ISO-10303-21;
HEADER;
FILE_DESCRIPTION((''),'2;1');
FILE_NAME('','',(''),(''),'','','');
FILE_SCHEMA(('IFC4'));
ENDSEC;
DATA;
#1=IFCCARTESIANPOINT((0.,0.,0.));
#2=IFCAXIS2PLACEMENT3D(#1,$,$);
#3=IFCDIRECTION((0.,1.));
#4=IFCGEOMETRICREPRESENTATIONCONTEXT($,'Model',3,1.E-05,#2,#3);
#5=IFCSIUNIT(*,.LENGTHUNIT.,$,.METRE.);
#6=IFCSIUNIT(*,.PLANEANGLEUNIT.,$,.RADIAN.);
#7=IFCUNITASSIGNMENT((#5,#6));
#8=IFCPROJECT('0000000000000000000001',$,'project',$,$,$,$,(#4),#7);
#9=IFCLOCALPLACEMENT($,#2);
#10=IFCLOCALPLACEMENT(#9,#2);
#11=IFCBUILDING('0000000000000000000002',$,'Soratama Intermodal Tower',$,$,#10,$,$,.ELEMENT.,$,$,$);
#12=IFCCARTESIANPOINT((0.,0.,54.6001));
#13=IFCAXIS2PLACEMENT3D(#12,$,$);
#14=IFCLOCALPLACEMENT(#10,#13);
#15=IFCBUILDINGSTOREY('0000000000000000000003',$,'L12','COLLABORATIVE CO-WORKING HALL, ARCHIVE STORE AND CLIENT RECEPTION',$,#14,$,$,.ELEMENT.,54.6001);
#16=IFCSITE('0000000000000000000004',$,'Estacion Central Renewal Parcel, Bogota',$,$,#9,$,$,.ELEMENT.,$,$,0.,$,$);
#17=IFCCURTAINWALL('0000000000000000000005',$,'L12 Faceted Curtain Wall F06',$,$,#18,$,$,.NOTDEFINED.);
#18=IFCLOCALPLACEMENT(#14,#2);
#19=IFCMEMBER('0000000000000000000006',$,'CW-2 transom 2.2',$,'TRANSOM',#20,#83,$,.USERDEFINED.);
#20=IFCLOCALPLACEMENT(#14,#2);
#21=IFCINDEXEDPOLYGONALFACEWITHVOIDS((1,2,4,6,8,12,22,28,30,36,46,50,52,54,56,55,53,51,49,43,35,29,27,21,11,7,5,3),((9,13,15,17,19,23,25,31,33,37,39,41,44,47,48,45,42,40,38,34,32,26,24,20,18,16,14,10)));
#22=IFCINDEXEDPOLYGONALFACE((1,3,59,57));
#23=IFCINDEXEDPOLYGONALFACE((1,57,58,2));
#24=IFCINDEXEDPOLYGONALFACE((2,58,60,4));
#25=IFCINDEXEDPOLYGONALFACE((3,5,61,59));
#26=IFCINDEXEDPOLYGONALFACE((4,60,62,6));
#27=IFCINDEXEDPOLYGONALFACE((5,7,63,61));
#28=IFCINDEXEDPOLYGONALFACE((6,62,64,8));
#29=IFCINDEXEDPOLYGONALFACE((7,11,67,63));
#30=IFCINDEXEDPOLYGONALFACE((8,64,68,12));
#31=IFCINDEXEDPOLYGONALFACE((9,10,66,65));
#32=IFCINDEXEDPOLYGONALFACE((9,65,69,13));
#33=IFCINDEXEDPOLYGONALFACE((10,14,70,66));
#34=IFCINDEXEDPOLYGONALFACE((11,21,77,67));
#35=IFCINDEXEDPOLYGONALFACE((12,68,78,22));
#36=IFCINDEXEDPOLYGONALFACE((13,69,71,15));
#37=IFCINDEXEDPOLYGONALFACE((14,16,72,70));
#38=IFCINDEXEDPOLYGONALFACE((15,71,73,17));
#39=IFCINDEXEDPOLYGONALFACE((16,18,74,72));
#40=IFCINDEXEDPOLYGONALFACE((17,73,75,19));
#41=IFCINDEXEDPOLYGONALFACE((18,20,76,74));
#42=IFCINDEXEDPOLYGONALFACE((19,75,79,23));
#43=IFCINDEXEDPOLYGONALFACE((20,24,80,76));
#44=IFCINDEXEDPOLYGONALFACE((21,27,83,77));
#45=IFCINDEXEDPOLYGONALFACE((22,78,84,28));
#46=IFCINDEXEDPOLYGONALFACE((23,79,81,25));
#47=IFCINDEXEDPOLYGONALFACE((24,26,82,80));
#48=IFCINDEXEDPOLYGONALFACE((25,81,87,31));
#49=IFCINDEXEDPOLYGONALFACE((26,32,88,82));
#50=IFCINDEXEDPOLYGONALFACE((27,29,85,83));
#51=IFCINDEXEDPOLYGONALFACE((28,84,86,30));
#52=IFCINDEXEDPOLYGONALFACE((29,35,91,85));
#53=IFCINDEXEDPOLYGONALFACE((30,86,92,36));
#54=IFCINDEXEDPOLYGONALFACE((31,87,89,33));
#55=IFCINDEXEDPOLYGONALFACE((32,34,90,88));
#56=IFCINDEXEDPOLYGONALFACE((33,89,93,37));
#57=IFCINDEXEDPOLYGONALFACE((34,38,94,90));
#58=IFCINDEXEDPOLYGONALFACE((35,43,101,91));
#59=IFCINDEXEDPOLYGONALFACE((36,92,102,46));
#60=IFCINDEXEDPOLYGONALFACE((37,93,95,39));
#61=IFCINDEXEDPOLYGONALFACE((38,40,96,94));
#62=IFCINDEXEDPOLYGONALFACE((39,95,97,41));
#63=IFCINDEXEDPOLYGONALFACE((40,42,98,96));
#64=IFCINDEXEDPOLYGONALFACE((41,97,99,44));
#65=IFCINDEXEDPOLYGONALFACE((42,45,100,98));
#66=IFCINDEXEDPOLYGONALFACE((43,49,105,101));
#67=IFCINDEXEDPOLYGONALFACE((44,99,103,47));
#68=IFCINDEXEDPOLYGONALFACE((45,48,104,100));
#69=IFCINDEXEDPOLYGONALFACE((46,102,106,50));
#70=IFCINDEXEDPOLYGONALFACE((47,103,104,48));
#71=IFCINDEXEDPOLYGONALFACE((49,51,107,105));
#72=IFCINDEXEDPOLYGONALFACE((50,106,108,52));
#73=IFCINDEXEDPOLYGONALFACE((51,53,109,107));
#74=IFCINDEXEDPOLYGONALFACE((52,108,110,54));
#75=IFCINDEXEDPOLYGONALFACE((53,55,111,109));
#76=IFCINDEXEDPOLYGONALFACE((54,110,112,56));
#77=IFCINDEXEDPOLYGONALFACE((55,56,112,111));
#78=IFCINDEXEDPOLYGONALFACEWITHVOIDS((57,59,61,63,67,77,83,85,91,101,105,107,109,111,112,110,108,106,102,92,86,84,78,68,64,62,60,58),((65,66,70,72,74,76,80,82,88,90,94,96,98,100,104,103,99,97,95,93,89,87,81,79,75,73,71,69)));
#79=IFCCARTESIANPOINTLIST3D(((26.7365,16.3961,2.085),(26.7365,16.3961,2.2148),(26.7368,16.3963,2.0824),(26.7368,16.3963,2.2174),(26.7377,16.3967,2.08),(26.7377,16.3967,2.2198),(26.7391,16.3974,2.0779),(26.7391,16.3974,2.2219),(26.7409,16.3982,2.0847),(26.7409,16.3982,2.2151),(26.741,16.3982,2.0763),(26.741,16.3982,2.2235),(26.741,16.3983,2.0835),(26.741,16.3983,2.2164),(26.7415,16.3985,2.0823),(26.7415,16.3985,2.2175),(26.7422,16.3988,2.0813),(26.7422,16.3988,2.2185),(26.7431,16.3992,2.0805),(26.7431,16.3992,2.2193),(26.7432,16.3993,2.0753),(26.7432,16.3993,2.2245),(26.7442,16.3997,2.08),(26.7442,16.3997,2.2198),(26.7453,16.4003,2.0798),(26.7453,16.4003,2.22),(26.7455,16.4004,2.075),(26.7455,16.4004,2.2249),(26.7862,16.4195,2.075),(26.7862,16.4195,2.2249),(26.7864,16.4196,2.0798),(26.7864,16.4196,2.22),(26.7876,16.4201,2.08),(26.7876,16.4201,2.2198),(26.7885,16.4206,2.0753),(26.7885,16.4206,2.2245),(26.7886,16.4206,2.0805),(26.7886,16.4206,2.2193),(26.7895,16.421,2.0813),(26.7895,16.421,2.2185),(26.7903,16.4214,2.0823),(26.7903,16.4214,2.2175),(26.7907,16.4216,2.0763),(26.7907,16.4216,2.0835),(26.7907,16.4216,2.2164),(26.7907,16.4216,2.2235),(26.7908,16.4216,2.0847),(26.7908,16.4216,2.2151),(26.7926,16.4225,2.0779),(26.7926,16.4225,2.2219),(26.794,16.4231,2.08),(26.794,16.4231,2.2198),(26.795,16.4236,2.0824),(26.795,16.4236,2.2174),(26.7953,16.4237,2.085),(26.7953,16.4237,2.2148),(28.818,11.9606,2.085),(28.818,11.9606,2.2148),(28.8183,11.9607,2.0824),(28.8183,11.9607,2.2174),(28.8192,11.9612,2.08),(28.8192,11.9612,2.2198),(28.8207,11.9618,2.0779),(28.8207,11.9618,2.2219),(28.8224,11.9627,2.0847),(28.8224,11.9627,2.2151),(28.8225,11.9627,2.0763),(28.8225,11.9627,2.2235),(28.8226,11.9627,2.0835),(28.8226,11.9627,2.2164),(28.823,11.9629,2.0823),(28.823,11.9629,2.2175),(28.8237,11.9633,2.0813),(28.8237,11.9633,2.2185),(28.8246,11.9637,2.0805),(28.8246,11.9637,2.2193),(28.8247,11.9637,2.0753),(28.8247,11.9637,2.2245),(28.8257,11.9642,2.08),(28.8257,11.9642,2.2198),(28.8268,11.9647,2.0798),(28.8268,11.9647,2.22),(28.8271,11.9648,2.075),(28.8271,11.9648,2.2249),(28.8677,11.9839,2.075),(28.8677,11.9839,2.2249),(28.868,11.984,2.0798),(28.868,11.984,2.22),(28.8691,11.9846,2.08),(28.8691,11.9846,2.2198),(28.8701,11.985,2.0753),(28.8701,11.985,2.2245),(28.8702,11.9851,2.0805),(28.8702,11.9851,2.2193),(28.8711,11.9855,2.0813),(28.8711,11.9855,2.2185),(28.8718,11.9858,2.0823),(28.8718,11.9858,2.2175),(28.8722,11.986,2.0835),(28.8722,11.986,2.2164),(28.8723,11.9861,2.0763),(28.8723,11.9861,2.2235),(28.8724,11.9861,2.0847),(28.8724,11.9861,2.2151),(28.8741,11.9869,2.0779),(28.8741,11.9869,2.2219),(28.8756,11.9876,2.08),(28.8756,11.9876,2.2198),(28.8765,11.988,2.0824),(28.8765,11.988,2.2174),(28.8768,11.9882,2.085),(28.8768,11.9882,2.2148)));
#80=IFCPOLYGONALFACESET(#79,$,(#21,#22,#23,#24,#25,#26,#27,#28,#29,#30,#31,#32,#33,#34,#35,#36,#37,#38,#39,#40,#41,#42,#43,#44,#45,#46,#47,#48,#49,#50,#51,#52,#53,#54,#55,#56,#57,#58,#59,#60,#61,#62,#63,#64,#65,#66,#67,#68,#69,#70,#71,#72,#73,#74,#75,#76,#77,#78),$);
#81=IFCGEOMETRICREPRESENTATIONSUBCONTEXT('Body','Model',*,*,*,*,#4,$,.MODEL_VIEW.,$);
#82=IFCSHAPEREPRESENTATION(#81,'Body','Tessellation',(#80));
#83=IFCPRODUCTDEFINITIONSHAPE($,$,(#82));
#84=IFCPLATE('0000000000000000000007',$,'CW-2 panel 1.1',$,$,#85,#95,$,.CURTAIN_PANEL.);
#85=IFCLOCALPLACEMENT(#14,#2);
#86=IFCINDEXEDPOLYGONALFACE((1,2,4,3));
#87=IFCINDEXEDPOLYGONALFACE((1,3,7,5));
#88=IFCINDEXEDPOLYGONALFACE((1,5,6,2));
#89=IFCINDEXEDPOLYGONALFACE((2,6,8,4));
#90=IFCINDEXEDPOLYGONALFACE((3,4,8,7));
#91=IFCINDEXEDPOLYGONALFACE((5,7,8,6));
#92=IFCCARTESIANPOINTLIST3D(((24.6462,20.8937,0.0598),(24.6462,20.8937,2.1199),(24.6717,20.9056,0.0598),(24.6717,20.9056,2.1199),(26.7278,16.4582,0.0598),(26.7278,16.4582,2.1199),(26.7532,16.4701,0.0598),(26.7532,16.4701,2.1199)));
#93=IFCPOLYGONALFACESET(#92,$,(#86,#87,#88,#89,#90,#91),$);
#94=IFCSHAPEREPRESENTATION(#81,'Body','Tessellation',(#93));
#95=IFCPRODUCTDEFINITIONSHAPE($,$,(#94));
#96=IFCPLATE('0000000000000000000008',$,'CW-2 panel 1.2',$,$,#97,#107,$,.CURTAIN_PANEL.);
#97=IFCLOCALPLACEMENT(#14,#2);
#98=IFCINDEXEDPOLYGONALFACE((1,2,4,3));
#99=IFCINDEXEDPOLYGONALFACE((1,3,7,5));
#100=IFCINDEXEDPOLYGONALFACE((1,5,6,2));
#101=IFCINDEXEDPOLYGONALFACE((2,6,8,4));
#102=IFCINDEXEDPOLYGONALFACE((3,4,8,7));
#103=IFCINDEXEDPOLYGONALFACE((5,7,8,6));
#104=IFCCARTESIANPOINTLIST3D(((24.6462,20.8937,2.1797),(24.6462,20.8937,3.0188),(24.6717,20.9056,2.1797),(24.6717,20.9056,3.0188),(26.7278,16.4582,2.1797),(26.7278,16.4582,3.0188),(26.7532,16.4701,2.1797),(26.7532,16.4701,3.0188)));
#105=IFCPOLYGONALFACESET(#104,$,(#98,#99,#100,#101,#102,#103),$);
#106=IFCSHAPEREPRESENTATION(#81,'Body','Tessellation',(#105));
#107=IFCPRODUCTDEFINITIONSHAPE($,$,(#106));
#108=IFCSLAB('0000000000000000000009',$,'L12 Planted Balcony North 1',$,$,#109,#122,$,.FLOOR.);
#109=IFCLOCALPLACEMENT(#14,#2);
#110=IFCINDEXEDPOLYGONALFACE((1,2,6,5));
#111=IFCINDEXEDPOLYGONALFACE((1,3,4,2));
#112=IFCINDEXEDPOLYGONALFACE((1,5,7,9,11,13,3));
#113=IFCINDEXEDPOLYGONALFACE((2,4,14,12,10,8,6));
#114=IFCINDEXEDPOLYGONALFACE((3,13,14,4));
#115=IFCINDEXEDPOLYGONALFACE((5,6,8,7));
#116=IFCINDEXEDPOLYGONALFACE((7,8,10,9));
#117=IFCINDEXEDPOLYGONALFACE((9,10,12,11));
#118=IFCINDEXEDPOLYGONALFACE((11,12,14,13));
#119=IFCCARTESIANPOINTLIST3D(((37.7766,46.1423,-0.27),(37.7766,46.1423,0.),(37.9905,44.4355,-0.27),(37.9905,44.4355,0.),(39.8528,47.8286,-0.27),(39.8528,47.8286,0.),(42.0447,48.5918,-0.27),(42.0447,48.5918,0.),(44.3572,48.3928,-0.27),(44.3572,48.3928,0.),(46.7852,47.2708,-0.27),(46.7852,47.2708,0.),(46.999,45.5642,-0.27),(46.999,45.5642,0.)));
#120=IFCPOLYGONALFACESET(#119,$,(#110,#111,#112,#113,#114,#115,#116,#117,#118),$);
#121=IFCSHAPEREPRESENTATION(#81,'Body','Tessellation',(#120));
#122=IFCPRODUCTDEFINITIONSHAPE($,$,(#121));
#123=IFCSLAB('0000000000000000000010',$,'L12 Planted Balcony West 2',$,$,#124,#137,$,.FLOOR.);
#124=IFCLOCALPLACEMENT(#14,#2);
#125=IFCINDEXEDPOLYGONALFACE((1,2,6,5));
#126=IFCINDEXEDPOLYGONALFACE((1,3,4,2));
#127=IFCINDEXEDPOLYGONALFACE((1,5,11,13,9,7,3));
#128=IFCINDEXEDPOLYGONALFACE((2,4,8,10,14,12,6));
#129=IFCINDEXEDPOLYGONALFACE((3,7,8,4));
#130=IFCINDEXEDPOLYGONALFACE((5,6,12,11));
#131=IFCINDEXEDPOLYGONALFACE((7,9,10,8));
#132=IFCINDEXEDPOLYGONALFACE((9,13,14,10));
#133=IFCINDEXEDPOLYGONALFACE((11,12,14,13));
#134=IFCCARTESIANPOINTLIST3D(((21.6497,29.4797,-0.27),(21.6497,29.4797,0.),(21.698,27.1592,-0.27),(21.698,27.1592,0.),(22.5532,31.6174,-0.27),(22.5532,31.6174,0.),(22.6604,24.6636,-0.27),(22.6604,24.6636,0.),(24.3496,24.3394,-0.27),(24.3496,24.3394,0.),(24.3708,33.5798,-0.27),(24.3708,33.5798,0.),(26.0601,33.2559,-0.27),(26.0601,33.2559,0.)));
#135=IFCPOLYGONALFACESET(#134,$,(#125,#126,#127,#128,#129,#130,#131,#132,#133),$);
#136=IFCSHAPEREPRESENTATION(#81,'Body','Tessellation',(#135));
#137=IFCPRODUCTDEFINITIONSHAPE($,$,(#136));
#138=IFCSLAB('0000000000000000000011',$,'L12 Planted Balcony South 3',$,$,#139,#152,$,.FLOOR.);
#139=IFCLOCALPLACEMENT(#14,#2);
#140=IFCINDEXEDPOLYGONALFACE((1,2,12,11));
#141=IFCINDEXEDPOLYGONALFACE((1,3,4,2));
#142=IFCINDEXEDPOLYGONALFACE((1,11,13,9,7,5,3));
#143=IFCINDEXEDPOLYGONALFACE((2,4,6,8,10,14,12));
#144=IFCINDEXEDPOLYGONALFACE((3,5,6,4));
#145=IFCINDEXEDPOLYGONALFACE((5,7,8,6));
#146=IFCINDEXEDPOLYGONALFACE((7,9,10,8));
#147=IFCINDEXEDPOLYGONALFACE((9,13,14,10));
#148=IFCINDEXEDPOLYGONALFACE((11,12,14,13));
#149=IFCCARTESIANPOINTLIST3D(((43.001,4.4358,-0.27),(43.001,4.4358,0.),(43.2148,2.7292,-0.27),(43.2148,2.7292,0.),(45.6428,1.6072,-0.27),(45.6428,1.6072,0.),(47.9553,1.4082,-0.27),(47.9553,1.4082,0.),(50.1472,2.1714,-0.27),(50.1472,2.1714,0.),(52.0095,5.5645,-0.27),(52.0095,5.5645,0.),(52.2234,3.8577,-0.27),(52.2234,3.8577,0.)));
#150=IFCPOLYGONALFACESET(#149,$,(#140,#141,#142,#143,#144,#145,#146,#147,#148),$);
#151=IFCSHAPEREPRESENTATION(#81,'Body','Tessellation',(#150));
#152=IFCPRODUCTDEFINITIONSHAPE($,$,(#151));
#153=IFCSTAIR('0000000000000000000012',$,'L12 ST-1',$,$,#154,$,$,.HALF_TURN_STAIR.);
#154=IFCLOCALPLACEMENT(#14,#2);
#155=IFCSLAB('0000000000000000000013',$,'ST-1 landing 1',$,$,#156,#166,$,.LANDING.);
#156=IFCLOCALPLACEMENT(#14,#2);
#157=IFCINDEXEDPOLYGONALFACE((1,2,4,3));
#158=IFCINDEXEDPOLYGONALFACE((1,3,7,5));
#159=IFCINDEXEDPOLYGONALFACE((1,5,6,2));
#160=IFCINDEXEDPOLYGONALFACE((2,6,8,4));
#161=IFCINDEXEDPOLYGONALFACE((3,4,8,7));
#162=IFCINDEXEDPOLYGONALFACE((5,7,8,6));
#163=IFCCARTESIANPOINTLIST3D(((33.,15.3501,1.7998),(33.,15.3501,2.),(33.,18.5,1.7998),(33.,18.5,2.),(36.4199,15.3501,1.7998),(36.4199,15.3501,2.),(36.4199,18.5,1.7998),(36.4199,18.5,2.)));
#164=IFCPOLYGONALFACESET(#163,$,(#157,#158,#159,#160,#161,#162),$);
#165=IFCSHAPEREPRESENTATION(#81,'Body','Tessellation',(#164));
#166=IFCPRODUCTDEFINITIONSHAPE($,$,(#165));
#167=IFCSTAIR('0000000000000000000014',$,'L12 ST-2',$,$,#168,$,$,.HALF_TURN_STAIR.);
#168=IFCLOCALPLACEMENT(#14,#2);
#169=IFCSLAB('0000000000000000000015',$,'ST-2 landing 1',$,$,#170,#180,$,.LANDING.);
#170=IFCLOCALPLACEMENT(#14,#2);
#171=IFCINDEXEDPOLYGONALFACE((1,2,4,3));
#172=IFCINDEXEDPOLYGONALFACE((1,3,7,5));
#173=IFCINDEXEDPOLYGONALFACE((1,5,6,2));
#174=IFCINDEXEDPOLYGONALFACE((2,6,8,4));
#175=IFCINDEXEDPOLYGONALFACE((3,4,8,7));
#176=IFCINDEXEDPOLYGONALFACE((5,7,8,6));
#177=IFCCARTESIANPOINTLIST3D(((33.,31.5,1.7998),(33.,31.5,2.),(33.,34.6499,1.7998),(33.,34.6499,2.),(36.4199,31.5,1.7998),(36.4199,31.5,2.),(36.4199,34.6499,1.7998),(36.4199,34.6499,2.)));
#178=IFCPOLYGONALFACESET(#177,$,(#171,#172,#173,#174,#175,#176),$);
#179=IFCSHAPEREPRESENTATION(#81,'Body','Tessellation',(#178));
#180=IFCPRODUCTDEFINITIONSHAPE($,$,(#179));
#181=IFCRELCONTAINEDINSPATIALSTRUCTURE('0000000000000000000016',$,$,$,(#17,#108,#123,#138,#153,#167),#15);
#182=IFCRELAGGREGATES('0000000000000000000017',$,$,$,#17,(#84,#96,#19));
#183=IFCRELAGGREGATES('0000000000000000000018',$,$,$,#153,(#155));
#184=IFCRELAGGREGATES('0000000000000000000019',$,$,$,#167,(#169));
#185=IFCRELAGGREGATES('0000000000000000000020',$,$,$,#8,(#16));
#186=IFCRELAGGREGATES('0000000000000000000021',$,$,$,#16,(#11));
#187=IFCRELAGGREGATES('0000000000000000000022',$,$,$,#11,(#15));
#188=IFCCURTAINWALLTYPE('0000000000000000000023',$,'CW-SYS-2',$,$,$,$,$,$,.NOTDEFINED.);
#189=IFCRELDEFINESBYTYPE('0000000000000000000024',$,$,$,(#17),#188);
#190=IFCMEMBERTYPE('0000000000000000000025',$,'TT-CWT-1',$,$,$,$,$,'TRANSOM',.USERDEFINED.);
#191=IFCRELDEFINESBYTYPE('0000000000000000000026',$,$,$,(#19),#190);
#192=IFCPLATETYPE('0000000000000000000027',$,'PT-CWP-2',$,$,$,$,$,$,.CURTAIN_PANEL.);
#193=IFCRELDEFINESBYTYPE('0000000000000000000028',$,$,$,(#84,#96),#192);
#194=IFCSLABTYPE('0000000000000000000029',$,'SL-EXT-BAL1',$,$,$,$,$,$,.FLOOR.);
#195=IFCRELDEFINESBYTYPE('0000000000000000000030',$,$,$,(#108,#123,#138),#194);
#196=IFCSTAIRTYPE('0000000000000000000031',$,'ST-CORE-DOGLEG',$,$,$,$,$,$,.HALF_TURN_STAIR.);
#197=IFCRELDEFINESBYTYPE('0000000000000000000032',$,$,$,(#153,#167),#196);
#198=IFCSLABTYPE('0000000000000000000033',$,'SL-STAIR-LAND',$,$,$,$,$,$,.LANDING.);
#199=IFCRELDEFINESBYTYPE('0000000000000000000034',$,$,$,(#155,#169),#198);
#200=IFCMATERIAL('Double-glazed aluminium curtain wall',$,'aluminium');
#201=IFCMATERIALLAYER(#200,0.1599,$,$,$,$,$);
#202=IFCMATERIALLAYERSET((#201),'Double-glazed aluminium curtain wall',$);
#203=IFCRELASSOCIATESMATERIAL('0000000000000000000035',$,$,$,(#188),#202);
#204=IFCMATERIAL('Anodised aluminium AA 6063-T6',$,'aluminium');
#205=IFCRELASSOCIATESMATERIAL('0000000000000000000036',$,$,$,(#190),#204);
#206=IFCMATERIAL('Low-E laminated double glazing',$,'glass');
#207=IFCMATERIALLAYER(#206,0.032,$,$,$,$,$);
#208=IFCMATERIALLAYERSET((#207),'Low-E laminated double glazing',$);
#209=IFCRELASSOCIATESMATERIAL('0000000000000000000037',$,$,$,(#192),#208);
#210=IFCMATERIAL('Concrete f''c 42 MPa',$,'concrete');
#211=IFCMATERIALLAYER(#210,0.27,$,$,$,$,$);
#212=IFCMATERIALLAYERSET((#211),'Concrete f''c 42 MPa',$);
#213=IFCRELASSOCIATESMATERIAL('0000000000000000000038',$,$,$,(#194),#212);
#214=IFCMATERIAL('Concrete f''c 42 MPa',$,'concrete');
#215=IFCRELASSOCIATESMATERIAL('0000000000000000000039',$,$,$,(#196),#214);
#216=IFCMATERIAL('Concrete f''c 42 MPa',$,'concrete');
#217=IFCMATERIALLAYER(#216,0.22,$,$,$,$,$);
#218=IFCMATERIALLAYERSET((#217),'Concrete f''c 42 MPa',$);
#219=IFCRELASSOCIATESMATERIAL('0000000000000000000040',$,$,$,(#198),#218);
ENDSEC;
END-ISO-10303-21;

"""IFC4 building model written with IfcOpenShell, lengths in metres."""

from ifc_helpers import new_model, si_unit, direction, frame, origin, origin_2d, place, context, subcontext, project, spatial, polyline, rectangle, hollow_rectangle, outline, extrude, material, layer, layer_set, material_profile, profile_set, type_object, element, aggregate, save


model = new_model("IFC4")

# Units and contexts
model_context = context("Model", 3, precision=1e-05, world=origin(), true_north=direction((0.0, 1.0)))
body_context = subcontext(model_context, "Body", "Model", "MODEL_VIEW")
ifc_project = project(units=[si_unit("LENGTHUNIT", "METRE"), si_unit("PLANEANGLEUNIT", "RADIAN")], contexts=[model_context])

# Site, building, storey
site_placement = place(None, origin())
site = spatial("IfcSite", under=ifc_project, at=site_placement, Name="Estacion Central Renewal Parcel, Bogota", CompositionType="ELEMENT", RefElevation=0.0)
building_placement = place(site_placement, origin())
building = spatial("IfcBuilding", under=site, at=building_placement, Name="Soratama Intermodal Tower", CompositionType="ELEMENT")
storey_placement = place(building_placement, frame((0.0, 0.0, 54.6001)))
storey = spatial("IfcBuildingStorey", under=building, at=storey_placement, Name="L12", Description="COLLABORATIVE CO-WORKING HALL, ARCHIVE STORE AND CLIENT RECEPTION", CompositionType="ELEMENT", Elevation=54.6001)

# Curtain wall, member, plates
ifc_material_1 = material(Name="Double-glazed aluminium curtain wall", Category="aluminium")
ifc_layer_1 = layer(ifc_material_1, 0.1599)
ifc_layer_set_1 = layer_set([ifc_layer_1], Name="Double-glazed aluminium curtain wall")
curtain_wall_type = type_object("IfcCurtainWallType", Name="CW-SYS-2", PredefinedType="NOTDEFINED", material=ifc_layer_set_1)
curtain_wall_placement = place(storey_placement, origin())
curtain_wall = element("IfcCurtainWall", 1, at=curtain_wall_placement, inside=storey, type_object=curtain_wall_type, Name="L12 Faceted Curtain Wall F06", PredefinedType="NOTDEFINED")
ifc_material_2 = material(Name="Anodised aluminium AA 6063-T6", Category="aluminium")
ifc_material_profile_1 = material_profile(ifc_material_2, hollow_rectangle(XDim=0.0649, YDim=0.1499, WallThickness=0.0049, InnerFilletRadius=0.0049, OuterFilletRadius=0.01, at=origin_2d()), Name="CWT150X65X5")
ifc_profile_set_1 = profile_set([ifc_material_profile_1], Name="Anodised aluminium AA 6063-T6")
member_type_1 = type_object("IfcMemberType", Name="TT-CWT-1", ElementType="TRANSOM", PredefinedType="USERDEFINED", material=ifc_profile_set_1)
member_1_placement = place(storey_placement, frame((26.7659, 16.4099, 2.1499), z_axis=(0.424832, -0.905272, 0.0), x_axis=(0.905272, 0.424832, 0.0)))
member_1 = element("IfcMember", 2, at=member_1_placement, type_object=member_type_1, Name="CW-2 transom 2.2", ObjectType="TRANSOM", PredefinedType="USERDEFINED", context=body_context, shape_type="SweptSolid", body=[
    extrude(hollow_rectangle(XDim=0.0649, YDim=0.1499, WallThickness=0.0049, InnerFilletRadius=0.0049, OuterFilletRadius=0.01, at=origin_2d()), origin(), (0.0, 0.0, 1.0), 4.8997),
])
ifc_material_3 = material(Name="Low-E laminated double glazing", Category="glass")
ifc_layer_2 = layer(ifc_material_3, 0.032)
ifc_layer_set_2 = layer_set([ifc_layer_2], Name="Low-E laminated double glazing")
plate_type = type_object("IfcPlateType", Name="PT-CWP-2", PredefinedType="CURTAIN_PANEL", material=ifc_layer_set_2)
plate_1_placement = place(storey_placement, frame((25.6997, 18.6819, 0.0598), z_axis=(0.0, 0.0, 1.0), x_axis=(0.424829, -0.905274, 0.0)))
plate_1 = element("IfcPlate", 3, at=plate_1_placement, type_object=plate_type, Name="CW-2 panel 1.1", PredefinedType="CURTAIN_PANEL", context=body_context, shape_type="SweptSolid", body=[
    extrude(rectangle(XDim=4.8997, YDim=0.0281, at=origin_2d()), origin(), (0.0, 0.0, 1.0), 2.0601),
])
plate_2_placement = place(storey_placement, frame((25.6997, 18.6819, 2.1797), z_axis=(0.0, 0.0, 1.0), x_axis=(0.424829, -0.905274, 0.0)))
plate_2 = element("IfcPlate", 4, at=plate_2_placement, type_object=plate_type, Name="CW-2 panel 1.2", PredefinedType="CURTAIN_PANEL", context=body_context, shape_type="SweptSolid", body=[
    extrude(rectangle(XDim=4.8997, YDim=0.0281, at=origin_2d()), origin(), (0.0, 0.0, 1.0), 0.8391),
])
aggregate(curtain_wall, [plate_1, plate_2, member_1])

# Slabs
ifc_material_4 = material(Name="Concrete f'c 42 MPa", Category="concrete")
ifc_layer_3 = layer(ifc_material_4, 0.27)
ifc_layer_set_3 = layer_set([ifc_layer_3], Name="Concrete f'c 42 MPa")
slab_type_1 = type_object("IfcSlabType", Name="SL-EXT-BAL1", PredefinedType="FLOOR", material=ifc_layer_set_3)
slab_1_placement = place(storey_placement, frame((0.0, 0.0, -0.27)))
element("IfcSlab", 5, at=slab_1_placement, inside=storey, type_object=slab_type_1, Name="L12 Planted Balcony North 1", PredefinedType="FLOOR", context=body_context, shape_type="SweptSolid", body=[
    extrude(outline(polyline([(46.999, 45.5642), (37.9905, 44.4355), (37.7766, 46.1423), (39.8528, 47.8286), (42.0447, 48.5918), (44.3572, 48.3928), (46.7852, 47.2708), (46.999, 45.5642)])), origin(), (0.0, 0.0, 1.0), 0.27),
])
slab_2_placement = place(storey_placement, frame((0.0, 0.0, -0.27)))
element("IfcSlab", 6, at=slab_2_placement, inside=storey, type_object=slab_type_1, Name="L12 Planted Balcony West 2", PredefinedType="FLOOR", context=body_context, shape_type="SweptSolid", body=[
    extrude(outline(polyline([(26.0601, 33.2559), (24.3496, 24.3394), (22.6604, 24.6636), (21.698, 27.1592), (21.6497, 29.4797), (22.5532, 31.6174), (24.3708, 33.5798), (26.0601, 33.2559)])), origin(), (0.0, 0.0, 1.0), 0.27),
])
slab_3_placement = place(storey_placement, frame((0.0, 0.0, -0.27)))
element("IfcSlab", 7, at=slab_3_placement, inside=storey, type_object=slab_type_1, Name="L12 Planted Balcony South 3", PredefinedType="FLOOR", context=body_context, shape_type="SweptSolid", body=[
    extrude(outline(polyline([(43.001, 4.4358), (52.0095, 5.5645), (52.2234, 3.8577), (50.1472, 2.1714), (47.9553, 1.4082), (45.6428, 1.6072), (43.2148, 2.7292), (43.001, 4.4358)])), origin(), (0.0, 0.0, 1.0), 0.27),
])

# Stairs, slabs
ifc_material_5 = material(Name="Concrete f'c 42 MPa", Category="concrete")
stair_type = type_object("IfcStairType", Name="ST-CORE-DOGLEG", PredefinedType="HALF_TURN_STAIR", material=ifc_material_5)
stair_1_placement = place(storey_placement, origin())
stair_1 = element("IfcStair", 8, at=stair_1_placement, inside=storey, type_object=stair_type, Name="L12 ST-1", PredefinedType="HALF_TURN_STAIR")
ifc_material_6 = material(Name="Concrete f'c 42 MPa", Category="concrete")
ifc_layer_4 = layer(ifc_material_6, 0.22)
ifc_layer_set_4 = layer_set([ifc_layer_4], Name="Concrete f'c 42 MPa")
slab_type_2 = type_object("IfcSlabType", Name="SL-STAIR-LAND", PredefinedType="LANDING", material=ifc_layer_set_4)
slab_4_placement = place(storey_placement, frame((0.0, 0.0, 1.7998)))
slab_4 = element("IfcSlab", 9, at=slab_4_placement, type_object=slab_type_2, Name="ST-1 landing 1", PredefinedType="LANDING", context=body_context, shape_type="SweptSolid", body=[
    extrude(outline(polyline([(36.4199, 18.5), (33.0, 18.5), (33.0, 15.3501), (36.4199, 15.3501), (36.4199, 18.5)])), origin(), (0.0, 0.0, 1.0), 0.2002),
])
aggregate(stair_1, [slab_4])
stair_2_placement = place(storey_placement, origin())
stair_2 = element("IfcStair", 10, at=stair_2_placement, inside=storey, type_object=stair_type, Name="L12 ST-2", PredefinedType="HALF_TURN_STAIR")
slab_5_placement = place(storey_placement, frame((0.0, 0.0, 1.7998)))
slab_5 = element("IfcSlab", 11, at=slab_5_placement, type_object=slab_type_2, Name="ST-2 landing 1", PredefinedType="LANDING", context=body_context, shape_type="SweptSolid", body=[
    extrude(outline(polyline([(36.4199, 34.6499), (33.0, 34.6499), (33.0, 31.5), (36.4199, 31.5), (36.4199, 34.6499)])), origin(), (0.0, 0.0, 1.0), 0.2002),
])
aggregate(stair_2, [slab_5])

save(model, "model.ifc")
